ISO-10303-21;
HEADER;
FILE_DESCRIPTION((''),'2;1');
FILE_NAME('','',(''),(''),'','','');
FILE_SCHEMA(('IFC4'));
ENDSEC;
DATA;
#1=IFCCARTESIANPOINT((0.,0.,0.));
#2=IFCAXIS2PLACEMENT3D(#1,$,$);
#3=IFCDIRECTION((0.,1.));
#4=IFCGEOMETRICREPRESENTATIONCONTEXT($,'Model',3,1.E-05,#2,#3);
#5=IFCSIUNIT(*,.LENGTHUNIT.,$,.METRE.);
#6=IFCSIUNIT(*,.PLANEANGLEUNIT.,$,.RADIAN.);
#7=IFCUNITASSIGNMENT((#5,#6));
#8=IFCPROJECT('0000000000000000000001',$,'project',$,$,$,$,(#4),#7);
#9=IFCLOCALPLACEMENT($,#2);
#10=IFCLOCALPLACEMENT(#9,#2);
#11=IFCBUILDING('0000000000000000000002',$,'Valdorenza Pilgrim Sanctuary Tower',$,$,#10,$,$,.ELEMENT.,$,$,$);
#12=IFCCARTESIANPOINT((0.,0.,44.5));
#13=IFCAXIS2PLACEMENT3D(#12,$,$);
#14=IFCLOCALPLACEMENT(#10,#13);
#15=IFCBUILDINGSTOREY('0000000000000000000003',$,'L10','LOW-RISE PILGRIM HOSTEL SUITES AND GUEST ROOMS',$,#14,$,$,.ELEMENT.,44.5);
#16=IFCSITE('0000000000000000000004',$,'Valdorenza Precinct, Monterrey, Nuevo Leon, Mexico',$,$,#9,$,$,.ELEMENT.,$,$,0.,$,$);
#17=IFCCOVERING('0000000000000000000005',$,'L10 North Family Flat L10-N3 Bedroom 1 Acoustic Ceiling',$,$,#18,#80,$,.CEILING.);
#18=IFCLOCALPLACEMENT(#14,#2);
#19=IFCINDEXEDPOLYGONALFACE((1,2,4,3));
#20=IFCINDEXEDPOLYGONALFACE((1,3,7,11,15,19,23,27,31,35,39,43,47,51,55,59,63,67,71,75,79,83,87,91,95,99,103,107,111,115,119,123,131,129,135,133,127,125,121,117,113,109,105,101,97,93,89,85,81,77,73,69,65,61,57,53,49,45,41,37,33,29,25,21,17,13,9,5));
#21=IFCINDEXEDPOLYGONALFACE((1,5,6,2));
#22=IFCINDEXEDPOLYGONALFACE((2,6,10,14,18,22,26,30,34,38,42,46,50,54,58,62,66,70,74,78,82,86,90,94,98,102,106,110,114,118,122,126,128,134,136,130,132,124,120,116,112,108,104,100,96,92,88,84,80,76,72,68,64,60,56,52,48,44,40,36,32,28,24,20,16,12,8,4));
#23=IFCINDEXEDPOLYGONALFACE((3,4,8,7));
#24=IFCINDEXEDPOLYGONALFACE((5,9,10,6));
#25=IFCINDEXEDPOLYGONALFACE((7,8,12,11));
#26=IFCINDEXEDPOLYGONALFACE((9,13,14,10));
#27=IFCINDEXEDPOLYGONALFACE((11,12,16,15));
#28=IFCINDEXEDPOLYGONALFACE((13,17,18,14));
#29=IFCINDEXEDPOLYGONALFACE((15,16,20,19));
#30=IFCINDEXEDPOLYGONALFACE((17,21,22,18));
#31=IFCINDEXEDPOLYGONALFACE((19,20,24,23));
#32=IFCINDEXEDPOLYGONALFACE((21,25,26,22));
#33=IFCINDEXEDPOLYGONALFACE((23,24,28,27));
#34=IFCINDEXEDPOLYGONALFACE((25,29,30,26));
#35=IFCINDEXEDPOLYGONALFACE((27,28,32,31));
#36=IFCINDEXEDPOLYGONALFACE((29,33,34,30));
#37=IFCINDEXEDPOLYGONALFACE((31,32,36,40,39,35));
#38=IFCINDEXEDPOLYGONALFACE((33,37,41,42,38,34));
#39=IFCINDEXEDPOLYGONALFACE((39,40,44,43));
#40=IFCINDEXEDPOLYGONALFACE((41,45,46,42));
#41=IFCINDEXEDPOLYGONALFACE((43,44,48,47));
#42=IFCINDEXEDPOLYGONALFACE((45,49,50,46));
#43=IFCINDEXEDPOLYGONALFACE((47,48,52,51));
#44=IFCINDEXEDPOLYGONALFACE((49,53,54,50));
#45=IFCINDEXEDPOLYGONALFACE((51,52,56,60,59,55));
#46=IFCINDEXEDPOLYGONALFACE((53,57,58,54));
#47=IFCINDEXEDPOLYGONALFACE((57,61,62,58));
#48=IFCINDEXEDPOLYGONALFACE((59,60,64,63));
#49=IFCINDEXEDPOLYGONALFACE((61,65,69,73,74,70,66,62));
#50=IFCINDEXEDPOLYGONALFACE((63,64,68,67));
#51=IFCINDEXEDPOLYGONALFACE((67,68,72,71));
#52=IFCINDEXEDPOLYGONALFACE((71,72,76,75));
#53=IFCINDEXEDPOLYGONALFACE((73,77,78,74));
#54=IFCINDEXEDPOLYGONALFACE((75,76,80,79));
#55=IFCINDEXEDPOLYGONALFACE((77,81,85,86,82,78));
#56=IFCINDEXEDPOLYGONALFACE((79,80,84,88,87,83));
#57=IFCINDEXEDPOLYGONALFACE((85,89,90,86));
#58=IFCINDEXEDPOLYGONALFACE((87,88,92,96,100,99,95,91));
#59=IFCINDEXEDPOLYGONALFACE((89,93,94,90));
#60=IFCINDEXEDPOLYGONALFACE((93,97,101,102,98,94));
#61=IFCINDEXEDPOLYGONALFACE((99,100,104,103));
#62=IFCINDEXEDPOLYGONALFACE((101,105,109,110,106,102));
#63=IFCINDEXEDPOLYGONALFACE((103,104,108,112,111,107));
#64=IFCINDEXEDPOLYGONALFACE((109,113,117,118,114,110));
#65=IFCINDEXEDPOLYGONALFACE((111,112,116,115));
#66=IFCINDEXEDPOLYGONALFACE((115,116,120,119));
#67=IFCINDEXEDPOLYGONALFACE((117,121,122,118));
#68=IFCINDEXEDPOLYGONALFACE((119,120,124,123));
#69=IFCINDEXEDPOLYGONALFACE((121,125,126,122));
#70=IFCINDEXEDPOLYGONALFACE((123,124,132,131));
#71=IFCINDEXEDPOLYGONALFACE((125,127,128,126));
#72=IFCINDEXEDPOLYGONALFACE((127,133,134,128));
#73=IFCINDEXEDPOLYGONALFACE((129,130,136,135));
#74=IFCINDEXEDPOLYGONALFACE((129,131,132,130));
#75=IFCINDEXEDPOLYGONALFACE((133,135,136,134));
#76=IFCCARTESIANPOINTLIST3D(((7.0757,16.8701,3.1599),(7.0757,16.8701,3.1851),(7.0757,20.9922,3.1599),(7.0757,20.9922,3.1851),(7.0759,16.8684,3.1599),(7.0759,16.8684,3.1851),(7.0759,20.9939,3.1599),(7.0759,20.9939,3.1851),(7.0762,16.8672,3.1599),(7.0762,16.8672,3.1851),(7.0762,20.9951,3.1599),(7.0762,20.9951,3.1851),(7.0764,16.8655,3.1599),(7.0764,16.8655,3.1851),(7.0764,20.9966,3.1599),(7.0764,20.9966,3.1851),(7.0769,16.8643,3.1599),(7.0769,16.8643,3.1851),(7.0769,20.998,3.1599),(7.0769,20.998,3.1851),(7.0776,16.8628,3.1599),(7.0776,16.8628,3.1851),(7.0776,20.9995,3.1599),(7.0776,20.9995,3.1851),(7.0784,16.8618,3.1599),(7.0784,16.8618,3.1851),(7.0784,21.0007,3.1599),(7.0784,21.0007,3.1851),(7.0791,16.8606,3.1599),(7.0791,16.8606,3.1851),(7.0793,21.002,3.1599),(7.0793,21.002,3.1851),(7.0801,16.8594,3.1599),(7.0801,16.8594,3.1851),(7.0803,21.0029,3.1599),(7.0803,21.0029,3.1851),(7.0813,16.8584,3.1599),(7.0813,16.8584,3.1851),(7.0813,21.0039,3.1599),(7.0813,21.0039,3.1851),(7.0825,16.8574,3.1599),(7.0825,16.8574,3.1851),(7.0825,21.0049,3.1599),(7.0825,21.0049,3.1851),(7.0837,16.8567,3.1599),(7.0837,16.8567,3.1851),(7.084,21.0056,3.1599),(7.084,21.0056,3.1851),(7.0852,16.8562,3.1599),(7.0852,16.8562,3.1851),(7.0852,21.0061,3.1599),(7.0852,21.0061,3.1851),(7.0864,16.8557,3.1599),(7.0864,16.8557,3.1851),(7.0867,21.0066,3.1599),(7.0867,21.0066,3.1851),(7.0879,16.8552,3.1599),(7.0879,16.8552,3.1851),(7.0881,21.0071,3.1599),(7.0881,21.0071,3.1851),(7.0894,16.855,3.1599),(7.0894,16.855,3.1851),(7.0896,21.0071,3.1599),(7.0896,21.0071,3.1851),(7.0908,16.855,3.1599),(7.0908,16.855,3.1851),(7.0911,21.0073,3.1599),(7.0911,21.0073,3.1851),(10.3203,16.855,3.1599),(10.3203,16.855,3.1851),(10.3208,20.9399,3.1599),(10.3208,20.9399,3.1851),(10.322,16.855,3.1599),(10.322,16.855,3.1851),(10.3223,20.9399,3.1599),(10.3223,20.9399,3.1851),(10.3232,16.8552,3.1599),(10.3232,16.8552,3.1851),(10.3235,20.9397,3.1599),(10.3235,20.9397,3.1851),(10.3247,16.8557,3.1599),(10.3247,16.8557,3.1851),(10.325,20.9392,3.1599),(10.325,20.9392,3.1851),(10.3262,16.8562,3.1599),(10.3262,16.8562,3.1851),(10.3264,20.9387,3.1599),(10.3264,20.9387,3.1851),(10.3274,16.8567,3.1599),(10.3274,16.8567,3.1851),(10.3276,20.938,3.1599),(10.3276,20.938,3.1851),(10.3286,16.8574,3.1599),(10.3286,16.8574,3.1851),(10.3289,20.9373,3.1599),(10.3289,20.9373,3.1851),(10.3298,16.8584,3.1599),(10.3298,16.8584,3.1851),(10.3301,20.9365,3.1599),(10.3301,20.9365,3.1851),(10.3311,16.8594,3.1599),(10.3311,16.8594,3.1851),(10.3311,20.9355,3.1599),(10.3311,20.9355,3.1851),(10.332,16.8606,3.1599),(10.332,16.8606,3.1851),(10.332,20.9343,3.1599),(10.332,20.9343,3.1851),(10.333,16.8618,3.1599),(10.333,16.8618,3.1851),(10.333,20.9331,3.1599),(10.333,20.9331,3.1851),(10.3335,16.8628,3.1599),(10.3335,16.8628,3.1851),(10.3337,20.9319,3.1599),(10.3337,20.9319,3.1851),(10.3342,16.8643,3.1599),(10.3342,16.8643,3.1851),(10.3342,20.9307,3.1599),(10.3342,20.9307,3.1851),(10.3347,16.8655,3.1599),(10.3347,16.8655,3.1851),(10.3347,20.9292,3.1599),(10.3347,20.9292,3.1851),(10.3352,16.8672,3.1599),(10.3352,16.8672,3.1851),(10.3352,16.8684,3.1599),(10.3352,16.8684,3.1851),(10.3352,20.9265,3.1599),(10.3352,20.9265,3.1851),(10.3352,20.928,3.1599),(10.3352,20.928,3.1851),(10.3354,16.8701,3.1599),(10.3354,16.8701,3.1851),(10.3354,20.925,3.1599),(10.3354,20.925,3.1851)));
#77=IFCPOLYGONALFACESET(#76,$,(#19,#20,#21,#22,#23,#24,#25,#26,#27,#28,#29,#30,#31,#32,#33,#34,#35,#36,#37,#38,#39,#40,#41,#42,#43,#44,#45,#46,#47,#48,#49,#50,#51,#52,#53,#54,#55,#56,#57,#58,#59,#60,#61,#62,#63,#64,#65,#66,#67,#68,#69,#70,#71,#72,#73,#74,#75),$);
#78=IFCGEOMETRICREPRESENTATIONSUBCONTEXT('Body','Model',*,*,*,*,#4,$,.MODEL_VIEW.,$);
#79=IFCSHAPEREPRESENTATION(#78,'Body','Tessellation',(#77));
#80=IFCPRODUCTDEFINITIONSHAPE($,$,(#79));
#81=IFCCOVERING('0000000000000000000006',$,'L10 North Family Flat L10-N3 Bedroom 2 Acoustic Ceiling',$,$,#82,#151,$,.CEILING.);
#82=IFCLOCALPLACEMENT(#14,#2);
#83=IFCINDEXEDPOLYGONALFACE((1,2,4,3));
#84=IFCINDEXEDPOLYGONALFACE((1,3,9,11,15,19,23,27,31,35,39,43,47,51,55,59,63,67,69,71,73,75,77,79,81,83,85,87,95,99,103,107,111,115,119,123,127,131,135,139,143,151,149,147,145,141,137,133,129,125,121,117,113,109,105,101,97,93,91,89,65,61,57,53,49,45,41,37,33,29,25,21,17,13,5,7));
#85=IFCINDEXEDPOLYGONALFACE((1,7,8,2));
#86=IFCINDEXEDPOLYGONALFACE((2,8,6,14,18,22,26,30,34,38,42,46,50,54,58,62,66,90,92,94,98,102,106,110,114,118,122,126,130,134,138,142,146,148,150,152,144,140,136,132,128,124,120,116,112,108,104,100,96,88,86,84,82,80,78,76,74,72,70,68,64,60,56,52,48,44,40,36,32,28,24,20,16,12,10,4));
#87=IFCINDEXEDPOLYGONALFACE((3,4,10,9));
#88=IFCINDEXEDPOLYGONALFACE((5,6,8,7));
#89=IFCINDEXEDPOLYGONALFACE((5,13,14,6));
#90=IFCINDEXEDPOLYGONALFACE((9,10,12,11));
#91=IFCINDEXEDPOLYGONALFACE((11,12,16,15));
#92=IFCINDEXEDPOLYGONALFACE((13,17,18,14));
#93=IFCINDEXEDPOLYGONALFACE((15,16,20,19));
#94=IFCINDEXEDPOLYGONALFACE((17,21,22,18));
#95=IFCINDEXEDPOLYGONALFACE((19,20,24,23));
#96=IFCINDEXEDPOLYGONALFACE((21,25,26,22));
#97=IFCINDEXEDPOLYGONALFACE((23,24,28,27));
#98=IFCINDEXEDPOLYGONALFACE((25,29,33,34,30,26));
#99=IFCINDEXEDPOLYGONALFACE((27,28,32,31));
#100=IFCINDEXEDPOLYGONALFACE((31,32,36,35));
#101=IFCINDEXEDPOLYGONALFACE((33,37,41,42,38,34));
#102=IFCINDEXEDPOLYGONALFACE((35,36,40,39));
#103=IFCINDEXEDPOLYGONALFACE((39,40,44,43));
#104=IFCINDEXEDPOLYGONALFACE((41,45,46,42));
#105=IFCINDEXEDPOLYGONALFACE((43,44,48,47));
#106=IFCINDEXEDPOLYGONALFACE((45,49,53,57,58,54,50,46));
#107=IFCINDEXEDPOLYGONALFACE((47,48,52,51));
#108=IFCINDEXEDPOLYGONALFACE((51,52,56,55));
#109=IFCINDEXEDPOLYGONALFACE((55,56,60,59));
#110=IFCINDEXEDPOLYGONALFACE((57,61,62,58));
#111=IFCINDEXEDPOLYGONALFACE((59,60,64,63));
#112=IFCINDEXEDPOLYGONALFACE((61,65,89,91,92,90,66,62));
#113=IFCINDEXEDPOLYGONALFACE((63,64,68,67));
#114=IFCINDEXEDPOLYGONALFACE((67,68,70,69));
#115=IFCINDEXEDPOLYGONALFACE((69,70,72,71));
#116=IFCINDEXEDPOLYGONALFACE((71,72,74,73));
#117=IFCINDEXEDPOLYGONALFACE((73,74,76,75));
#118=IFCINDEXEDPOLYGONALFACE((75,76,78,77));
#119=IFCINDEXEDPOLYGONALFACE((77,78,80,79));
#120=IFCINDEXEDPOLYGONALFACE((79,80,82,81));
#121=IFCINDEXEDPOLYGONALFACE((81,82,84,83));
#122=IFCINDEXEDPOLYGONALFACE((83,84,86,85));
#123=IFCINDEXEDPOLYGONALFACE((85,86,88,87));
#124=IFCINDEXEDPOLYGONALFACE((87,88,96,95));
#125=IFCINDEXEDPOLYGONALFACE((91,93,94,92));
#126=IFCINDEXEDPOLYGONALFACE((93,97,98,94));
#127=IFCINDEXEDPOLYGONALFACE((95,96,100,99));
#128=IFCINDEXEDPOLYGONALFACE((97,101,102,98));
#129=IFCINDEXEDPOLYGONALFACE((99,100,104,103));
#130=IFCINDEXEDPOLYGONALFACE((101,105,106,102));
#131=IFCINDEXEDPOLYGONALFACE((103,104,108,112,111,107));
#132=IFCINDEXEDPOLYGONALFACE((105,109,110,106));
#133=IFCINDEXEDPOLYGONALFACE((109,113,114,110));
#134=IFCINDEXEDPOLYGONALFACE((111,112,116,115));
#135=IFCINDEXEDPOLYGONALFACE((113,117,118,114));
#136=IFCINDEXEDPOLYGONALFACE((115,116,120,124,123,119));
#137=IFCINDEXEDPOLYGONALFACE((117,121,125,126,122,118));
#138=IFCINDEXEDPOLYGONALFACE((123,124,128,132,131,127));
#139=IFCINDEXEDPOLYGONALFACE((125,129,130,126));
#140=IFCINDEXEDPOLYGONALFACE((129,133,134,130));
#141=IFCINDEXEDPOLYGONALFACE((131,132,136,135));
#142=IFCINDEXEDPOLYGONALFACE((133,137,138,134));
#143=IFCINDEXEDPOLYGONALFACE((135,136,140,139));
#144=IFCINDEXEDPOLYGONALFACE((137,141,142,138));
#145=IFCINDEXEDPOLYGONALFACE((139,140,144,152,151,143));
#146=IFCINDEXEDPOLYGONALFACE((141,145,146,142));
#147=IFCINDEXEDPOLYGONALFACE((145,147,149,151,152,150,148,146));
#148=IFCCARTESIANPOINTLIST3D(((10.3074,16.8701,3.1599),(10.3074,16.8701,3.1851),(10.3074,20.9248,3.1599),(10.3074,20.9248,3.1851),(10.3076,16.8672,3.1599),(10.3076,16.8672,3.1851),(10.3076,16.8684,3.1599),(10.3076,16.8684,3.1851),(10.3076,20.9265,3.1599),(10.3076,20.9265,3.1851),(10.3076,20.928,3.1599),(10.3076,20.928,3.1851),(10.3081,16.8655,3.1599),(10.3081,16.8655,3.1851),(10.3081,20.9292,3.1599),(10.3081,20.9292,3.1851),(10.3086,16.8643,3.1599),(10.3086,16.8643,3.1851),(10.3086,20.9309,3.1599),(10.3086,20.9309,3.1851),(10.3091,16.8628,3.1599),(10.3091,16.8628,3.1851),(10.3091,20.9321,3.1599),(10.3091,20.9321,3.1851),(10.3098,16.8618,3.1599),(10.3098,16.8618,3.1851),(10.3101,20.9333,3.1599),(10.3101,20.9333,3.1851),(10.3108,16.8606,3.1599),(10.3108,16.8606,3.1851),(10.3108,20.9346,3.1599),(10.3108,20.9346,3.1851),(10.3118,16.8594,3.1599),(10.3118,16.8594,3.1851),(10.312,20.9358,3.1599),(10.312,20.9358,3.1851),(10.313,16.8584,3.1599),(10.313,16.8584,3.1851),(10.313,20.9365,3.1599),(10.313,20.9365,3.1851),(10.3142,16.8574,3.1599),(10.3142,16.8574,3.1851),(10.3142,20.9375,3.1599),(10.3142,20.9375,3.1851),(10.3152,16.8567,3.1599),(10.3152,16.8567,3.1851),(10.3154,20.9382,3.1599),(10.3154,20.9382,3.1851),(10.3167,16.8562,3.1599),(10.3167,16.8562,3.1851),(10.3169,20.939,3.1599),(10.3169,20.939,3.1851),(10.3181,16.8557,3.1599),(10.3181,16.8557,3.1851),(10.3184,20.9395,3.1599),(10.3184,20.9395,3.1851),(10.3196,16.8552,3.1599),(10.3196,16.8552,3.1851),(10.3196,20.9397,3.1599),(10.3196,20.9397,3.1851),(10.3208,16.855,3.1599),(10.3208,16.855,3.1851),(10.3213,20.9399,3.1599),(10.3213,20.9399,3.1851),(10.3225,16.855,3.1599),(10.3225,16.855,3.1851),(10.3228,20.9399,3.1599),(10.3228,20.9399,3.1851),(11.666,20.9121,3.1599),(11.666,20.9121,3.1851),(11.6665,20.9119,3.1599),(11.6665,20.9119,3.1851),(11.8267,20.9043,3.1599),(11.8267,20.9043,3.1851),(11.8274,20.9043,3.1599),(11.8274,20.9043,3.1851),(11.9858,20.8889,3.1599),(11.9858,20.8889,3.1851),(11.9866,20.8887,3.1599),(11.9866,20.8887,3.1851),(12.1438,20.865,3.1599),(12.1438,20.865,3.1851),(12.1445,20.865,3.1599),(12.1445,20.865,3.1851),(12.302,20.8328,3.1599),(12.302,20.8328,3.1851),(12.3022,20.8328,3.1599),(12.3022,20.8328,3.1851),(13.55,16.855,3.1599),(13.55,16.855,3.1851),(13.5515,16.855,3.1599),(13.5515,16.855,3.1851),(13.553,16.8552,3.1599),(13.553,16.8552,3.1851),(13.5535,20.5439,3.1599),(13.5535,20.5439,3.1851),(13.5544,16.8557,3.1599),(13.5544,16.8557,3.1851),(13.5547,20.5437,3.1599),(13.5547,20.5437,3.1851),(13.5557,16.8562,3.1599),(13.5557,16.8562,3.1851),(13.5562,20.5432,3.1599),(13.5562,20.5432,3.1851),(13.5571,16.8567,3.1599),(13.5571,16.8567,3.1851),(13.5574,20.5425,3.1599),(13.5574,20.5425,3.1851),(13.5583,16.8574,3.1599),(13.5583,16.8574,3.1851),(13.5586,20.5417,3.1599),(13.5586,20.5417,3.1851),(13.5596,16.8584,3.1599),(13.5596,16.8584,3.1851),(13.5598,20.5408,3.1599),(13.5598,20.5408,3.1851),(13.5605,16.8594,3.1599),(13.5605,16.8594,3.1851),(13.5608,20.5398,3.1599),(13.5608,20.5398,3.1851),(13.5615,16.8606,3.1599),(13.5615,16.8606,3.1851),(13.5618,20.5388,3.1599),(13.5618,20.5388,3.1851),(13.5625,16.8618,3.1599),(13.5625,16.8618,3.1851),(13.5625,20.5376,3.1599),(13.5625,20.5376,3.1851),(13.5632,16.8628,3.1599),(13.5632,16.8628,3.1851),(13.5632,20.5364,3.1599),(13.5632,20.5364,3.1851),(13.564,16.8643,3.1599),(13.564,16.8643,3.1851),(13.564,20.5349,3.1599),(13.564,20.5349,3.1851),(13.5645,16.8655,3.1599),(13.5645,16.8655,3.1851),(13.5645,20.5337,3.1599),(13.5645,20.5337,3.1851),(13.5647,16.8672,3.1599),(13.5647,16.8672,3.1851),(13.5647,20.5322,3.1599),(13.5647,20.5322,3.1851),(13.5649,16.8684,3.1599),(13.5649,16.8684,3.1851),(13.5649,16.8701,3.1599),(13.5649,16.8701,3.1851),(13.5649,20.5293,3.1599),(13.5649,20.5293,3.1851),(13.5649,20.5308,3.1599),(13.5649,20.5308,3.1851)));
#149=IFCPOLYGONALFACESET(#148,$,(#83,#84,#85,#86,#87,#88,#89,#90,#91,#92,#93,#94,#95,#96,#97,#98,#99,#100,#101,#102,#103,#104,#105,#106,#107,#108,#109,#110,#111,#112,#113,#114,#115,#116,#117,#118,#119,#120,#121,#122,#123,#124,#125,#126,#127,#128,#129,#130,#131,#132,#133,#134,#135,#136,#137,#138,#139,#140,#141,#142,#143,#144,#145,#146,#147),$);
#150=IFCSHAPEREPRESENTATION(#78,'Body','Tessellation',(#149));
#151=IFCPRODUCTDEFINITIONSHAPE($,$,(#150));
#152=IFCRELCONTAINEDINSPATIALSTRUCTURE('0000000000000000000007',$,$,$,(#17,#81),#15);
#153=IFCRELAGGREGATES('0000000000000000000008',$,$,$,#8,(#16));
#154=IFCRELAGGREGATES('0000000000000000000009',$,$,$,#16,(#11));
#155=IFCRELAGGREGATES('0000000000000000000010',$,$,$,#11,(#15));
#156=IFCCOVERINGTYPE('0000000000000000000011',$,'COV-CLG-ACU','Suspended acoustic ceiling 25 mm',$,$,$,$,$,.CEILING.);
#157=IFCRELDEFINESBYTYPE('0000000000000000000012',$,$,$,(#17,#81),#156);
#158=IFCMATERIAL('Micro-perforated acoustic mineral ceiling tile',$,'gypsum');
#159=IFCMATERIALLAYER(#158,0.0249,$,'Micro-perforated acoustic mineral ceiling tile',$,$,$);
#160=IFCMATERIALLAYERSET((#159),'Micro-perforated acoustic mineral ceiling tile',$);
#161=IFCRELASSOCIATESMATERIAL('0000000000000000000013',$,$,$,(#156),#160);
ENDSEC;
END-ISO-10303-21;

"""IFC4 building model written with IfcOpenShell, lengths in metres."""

from ifc_helpers import new_model, si_unit, direction, frame, origin, place, context, subcontext, project, spatial, polyline, outline, extrude, material, layer, layer_set, type_object, element, save


model = new_model("IFC4")

# Units and contexts
model_context = context("Model", 3, precision=1e-05, world=origin(), true_north=direction((0.0, 1.0)))
body_context = subcontext(model_context, "Body", "Model", "MODEL_VIEW")
ifc_project = project(units=[si_unit("LENGTHUNIT", "METRE"), si_unit("PLANEANGLEUNIT", "RADIAN")], contexts=[model_context])

# Site, building, storey
site_placement = place(None, origin())
site = spatial("IfcSite", under=ifc_project, at=site_placement, Name="Valdorenza Precinct, Monterrey, Nuevo Leon, Mexico", CompositionType="ELEMENT", RefElevation=0.0)
building_placement = place(site_placement, origin())
building = spatial("IfcBuilding", under=site, at=building_placement, Name="Valdorenza Pilgrim Sanctuary Tower", CompositionType="ELEMENT")
storey_placement = place(building_placement, frame((0.0, 0.0, 44.5)))
storey = spatial("IfcBuildingStorey", under=building, at=storey_placement, Name="L10", Description="LOW-RISE PILGRIM HOSTEL SUITES AND GUEST ROOMS", CompositionType="ELEMENT", Elevation=44.5)

# Coverings
ifc_material_1 = material(Name="Micro-perforated acoustic mineral ceiling tile", Category="gypsum")
ifc_layer_1 = layer(ifc_material_1, 0.0249, Name="Micro-perforated acoustic mineral ceiling tile")
ifc_layer_set_1 = layer_set([ifc_layer_1], Name="Micro-perforated acoustic mineral ceiling tile")
covering_type_1 = type_object("IfcCoveringType", Name="COV-CLG-ACU", Description="Suspended acoustic ceiling 25 mm", PredefinedType="CEILING", material=ifc_layer_set_1)
covering_1_placement = place(storey_placement, frame((0.0, 0.0, 3.1599)))
element("IfcCovering", 1, at=covering_1_placement, inside=storey, type_object=covering_type_1, Name="L10 North Family Flat L10-N3 Bedroom 1 Acoustic Ceiling", PredefinedType="CEILING", context=body_context, shape_type="SweptSolid", body=[
    extrude(outline(polyline([(7.0908, 16.855), (7.0894, 16.855), (7.0879, 16.8552), (7.0864, 16.8557), (7.0852, 16.8562), (7.0837, 16.8567), (7.0825, 16.8574), (7.0813, 16.8584), (7.0801, 16.8594), (7.0791, 16.8606), (7.0784, 16.8618), (7.0776, 16.8628), (7.0769, 16.8643), (7.0764, 16.8655), (7.0762, 16.8672), (7.0759, 16.8684), (7.0757, 16.8701), (7.0757, 20.9922), (7.0759, 20.9939), (7.0762, 20.9951), (7.0764, 20.9966), (7.0769, 20.998), (7.0776, 20.9995), (7.0784, 21.0007), (7.0793, 21.002), (7.0803, 21.0029), (7.0813, 21.0039), (7.0825, 21.0049), (7.084, 21.0056), (7.0852, 21.0061), (7.0867, 21.0066), (7.0881, 21.0071), (7.0896, 21.0071), (7.0911, 21.0073), (10.3208, 20.9399), (10.3223, 20.9399), (10.3235, 20.9397), (10.325, 20.9392), (10.3264, 20.9387), (10.3276, 20.938), (10.3289, 20.9373), (10.3301, 20.9365), (10.3311, 20.9355), (10.332, 20.9343), (10.333, 20.9331), (10.3337, 20.9319), (10.3342, 20.9307), (10.3347, 20.9292), (10.3352, 20.928), (10.3352, 20.9265), (10.3354, 20.925), (10.3354, 16.8701), (10.3352, 16.8684), (10.3352, 16.8672), (10.3347, 16.8655), (10.3342, 16.8643), (10.3335, 16.8628), (10.333, 16.8618), (10.332, 16.8606), (10.3311, 16.8594), (10.3298, 16.8584), (10.3286, 16.8574), (10.3274, 16.8567), (10.3262, 16.8562), (10.3247, 16.8557), (10.3232, 16.8552), (10.322, 16.855), (10.3203, 16.855), (7.0908, 16.855)])), origin(), (0.0, 0.0, 1.0), 0.0251),
])
covering_2_placement = place(storey_placement, frame((0.0, 0.0, 3.1599)))
element("IfcCovering", 2, at=covering_2_placement, inside=storey, type_object=covering_type_1, Name="L10 North Family Flat L10-N3 Bedroom 2 Acoustic Ceiling", PredefinedType="CEILING", context=body_context, shape_type="SweptSolid", body=[
    extrude(outline(polyline([(10.3225, 16.855), (10.3208, 16.855), (10.3196, 16.8552), (10.3181, 16.8557), (10.3167, 16.8562), (10.3152, 16.8567), (10.3142, 16.8574), (10.313, 16.8584), (10.3118, 16.8594), (10.3108, 16.8606), (10.3098, 16.8618), (10.3091, 16.8628), (10.3086, 16.8643), (10.3081, 16.8655), (10.3076, 16.8672), (10.3076, 16.8684), (10.3074, 16.8701), (10.3074, 20.9248), (10.3076, 20.9265), (10.3076, 20.928), (10.3081, 20.9292), (10.3086, 20.9309), (10.3091, 20.9321), (10.3101, 20.9333), (10.3108, 20.9346), (10.312, 20.9358), (10.313, 20.9365), (10.3142, 20.9375), (10.3154, 20.9382), (10.3169, 20.939), (10.3184, 20.9395), (10.3196, 20.9397), (10.3213, 20.9399), (10.3228, 20.9399), (11.666, 20.9121), (11.6665, 20.9119), (11.8267, 20.9043), (11.8274, 20.9043), (11.9858, 20.8889), (11.9866, 20.8887), (12.1438, 20.865), (12.1445, 20.865), (12.302, 20.8328), (12.3022, 20.8328), (13.5535, 20.5439), (13.5547, 20.5437), (13.5562, 20.5432), (13.5574, 20.5425), (13.5586, 20.5417), (13.5598, 20.5408), (13.5608, 20.5398), (13.5618, 20.5388), (13.5625, 20.5376), (13.5632, 20.5364), (13.564, 20.5349), (13.5645, 20.5337), (13.5647, 20.5322), (13.5649, 20.5308), (13.5649, 20.5293), (13.5649, 16.8701), (13.5649, 16.8684), (13.5647, 16.8672), (13.5645, 16.8655), (13.564, 16.8643), (13.5632, 16.8628), (13.5625, 16.8618), (13.5615, 16.8606), (13.5605, 16.8594), (13.5596, 16.8584), (13.5583, 16.8574), (13.5571, 16.8567), (13.5557, 16.8562), (13.5544, 16.8557), (13.553, 16.8552), (13.5515, 16.855), (13.55, 16.855), (10.3225, 16.855)])), origin(), (0.0, 0.0, 1.0), 0.0251),
])

save(model, "model.ifc")
